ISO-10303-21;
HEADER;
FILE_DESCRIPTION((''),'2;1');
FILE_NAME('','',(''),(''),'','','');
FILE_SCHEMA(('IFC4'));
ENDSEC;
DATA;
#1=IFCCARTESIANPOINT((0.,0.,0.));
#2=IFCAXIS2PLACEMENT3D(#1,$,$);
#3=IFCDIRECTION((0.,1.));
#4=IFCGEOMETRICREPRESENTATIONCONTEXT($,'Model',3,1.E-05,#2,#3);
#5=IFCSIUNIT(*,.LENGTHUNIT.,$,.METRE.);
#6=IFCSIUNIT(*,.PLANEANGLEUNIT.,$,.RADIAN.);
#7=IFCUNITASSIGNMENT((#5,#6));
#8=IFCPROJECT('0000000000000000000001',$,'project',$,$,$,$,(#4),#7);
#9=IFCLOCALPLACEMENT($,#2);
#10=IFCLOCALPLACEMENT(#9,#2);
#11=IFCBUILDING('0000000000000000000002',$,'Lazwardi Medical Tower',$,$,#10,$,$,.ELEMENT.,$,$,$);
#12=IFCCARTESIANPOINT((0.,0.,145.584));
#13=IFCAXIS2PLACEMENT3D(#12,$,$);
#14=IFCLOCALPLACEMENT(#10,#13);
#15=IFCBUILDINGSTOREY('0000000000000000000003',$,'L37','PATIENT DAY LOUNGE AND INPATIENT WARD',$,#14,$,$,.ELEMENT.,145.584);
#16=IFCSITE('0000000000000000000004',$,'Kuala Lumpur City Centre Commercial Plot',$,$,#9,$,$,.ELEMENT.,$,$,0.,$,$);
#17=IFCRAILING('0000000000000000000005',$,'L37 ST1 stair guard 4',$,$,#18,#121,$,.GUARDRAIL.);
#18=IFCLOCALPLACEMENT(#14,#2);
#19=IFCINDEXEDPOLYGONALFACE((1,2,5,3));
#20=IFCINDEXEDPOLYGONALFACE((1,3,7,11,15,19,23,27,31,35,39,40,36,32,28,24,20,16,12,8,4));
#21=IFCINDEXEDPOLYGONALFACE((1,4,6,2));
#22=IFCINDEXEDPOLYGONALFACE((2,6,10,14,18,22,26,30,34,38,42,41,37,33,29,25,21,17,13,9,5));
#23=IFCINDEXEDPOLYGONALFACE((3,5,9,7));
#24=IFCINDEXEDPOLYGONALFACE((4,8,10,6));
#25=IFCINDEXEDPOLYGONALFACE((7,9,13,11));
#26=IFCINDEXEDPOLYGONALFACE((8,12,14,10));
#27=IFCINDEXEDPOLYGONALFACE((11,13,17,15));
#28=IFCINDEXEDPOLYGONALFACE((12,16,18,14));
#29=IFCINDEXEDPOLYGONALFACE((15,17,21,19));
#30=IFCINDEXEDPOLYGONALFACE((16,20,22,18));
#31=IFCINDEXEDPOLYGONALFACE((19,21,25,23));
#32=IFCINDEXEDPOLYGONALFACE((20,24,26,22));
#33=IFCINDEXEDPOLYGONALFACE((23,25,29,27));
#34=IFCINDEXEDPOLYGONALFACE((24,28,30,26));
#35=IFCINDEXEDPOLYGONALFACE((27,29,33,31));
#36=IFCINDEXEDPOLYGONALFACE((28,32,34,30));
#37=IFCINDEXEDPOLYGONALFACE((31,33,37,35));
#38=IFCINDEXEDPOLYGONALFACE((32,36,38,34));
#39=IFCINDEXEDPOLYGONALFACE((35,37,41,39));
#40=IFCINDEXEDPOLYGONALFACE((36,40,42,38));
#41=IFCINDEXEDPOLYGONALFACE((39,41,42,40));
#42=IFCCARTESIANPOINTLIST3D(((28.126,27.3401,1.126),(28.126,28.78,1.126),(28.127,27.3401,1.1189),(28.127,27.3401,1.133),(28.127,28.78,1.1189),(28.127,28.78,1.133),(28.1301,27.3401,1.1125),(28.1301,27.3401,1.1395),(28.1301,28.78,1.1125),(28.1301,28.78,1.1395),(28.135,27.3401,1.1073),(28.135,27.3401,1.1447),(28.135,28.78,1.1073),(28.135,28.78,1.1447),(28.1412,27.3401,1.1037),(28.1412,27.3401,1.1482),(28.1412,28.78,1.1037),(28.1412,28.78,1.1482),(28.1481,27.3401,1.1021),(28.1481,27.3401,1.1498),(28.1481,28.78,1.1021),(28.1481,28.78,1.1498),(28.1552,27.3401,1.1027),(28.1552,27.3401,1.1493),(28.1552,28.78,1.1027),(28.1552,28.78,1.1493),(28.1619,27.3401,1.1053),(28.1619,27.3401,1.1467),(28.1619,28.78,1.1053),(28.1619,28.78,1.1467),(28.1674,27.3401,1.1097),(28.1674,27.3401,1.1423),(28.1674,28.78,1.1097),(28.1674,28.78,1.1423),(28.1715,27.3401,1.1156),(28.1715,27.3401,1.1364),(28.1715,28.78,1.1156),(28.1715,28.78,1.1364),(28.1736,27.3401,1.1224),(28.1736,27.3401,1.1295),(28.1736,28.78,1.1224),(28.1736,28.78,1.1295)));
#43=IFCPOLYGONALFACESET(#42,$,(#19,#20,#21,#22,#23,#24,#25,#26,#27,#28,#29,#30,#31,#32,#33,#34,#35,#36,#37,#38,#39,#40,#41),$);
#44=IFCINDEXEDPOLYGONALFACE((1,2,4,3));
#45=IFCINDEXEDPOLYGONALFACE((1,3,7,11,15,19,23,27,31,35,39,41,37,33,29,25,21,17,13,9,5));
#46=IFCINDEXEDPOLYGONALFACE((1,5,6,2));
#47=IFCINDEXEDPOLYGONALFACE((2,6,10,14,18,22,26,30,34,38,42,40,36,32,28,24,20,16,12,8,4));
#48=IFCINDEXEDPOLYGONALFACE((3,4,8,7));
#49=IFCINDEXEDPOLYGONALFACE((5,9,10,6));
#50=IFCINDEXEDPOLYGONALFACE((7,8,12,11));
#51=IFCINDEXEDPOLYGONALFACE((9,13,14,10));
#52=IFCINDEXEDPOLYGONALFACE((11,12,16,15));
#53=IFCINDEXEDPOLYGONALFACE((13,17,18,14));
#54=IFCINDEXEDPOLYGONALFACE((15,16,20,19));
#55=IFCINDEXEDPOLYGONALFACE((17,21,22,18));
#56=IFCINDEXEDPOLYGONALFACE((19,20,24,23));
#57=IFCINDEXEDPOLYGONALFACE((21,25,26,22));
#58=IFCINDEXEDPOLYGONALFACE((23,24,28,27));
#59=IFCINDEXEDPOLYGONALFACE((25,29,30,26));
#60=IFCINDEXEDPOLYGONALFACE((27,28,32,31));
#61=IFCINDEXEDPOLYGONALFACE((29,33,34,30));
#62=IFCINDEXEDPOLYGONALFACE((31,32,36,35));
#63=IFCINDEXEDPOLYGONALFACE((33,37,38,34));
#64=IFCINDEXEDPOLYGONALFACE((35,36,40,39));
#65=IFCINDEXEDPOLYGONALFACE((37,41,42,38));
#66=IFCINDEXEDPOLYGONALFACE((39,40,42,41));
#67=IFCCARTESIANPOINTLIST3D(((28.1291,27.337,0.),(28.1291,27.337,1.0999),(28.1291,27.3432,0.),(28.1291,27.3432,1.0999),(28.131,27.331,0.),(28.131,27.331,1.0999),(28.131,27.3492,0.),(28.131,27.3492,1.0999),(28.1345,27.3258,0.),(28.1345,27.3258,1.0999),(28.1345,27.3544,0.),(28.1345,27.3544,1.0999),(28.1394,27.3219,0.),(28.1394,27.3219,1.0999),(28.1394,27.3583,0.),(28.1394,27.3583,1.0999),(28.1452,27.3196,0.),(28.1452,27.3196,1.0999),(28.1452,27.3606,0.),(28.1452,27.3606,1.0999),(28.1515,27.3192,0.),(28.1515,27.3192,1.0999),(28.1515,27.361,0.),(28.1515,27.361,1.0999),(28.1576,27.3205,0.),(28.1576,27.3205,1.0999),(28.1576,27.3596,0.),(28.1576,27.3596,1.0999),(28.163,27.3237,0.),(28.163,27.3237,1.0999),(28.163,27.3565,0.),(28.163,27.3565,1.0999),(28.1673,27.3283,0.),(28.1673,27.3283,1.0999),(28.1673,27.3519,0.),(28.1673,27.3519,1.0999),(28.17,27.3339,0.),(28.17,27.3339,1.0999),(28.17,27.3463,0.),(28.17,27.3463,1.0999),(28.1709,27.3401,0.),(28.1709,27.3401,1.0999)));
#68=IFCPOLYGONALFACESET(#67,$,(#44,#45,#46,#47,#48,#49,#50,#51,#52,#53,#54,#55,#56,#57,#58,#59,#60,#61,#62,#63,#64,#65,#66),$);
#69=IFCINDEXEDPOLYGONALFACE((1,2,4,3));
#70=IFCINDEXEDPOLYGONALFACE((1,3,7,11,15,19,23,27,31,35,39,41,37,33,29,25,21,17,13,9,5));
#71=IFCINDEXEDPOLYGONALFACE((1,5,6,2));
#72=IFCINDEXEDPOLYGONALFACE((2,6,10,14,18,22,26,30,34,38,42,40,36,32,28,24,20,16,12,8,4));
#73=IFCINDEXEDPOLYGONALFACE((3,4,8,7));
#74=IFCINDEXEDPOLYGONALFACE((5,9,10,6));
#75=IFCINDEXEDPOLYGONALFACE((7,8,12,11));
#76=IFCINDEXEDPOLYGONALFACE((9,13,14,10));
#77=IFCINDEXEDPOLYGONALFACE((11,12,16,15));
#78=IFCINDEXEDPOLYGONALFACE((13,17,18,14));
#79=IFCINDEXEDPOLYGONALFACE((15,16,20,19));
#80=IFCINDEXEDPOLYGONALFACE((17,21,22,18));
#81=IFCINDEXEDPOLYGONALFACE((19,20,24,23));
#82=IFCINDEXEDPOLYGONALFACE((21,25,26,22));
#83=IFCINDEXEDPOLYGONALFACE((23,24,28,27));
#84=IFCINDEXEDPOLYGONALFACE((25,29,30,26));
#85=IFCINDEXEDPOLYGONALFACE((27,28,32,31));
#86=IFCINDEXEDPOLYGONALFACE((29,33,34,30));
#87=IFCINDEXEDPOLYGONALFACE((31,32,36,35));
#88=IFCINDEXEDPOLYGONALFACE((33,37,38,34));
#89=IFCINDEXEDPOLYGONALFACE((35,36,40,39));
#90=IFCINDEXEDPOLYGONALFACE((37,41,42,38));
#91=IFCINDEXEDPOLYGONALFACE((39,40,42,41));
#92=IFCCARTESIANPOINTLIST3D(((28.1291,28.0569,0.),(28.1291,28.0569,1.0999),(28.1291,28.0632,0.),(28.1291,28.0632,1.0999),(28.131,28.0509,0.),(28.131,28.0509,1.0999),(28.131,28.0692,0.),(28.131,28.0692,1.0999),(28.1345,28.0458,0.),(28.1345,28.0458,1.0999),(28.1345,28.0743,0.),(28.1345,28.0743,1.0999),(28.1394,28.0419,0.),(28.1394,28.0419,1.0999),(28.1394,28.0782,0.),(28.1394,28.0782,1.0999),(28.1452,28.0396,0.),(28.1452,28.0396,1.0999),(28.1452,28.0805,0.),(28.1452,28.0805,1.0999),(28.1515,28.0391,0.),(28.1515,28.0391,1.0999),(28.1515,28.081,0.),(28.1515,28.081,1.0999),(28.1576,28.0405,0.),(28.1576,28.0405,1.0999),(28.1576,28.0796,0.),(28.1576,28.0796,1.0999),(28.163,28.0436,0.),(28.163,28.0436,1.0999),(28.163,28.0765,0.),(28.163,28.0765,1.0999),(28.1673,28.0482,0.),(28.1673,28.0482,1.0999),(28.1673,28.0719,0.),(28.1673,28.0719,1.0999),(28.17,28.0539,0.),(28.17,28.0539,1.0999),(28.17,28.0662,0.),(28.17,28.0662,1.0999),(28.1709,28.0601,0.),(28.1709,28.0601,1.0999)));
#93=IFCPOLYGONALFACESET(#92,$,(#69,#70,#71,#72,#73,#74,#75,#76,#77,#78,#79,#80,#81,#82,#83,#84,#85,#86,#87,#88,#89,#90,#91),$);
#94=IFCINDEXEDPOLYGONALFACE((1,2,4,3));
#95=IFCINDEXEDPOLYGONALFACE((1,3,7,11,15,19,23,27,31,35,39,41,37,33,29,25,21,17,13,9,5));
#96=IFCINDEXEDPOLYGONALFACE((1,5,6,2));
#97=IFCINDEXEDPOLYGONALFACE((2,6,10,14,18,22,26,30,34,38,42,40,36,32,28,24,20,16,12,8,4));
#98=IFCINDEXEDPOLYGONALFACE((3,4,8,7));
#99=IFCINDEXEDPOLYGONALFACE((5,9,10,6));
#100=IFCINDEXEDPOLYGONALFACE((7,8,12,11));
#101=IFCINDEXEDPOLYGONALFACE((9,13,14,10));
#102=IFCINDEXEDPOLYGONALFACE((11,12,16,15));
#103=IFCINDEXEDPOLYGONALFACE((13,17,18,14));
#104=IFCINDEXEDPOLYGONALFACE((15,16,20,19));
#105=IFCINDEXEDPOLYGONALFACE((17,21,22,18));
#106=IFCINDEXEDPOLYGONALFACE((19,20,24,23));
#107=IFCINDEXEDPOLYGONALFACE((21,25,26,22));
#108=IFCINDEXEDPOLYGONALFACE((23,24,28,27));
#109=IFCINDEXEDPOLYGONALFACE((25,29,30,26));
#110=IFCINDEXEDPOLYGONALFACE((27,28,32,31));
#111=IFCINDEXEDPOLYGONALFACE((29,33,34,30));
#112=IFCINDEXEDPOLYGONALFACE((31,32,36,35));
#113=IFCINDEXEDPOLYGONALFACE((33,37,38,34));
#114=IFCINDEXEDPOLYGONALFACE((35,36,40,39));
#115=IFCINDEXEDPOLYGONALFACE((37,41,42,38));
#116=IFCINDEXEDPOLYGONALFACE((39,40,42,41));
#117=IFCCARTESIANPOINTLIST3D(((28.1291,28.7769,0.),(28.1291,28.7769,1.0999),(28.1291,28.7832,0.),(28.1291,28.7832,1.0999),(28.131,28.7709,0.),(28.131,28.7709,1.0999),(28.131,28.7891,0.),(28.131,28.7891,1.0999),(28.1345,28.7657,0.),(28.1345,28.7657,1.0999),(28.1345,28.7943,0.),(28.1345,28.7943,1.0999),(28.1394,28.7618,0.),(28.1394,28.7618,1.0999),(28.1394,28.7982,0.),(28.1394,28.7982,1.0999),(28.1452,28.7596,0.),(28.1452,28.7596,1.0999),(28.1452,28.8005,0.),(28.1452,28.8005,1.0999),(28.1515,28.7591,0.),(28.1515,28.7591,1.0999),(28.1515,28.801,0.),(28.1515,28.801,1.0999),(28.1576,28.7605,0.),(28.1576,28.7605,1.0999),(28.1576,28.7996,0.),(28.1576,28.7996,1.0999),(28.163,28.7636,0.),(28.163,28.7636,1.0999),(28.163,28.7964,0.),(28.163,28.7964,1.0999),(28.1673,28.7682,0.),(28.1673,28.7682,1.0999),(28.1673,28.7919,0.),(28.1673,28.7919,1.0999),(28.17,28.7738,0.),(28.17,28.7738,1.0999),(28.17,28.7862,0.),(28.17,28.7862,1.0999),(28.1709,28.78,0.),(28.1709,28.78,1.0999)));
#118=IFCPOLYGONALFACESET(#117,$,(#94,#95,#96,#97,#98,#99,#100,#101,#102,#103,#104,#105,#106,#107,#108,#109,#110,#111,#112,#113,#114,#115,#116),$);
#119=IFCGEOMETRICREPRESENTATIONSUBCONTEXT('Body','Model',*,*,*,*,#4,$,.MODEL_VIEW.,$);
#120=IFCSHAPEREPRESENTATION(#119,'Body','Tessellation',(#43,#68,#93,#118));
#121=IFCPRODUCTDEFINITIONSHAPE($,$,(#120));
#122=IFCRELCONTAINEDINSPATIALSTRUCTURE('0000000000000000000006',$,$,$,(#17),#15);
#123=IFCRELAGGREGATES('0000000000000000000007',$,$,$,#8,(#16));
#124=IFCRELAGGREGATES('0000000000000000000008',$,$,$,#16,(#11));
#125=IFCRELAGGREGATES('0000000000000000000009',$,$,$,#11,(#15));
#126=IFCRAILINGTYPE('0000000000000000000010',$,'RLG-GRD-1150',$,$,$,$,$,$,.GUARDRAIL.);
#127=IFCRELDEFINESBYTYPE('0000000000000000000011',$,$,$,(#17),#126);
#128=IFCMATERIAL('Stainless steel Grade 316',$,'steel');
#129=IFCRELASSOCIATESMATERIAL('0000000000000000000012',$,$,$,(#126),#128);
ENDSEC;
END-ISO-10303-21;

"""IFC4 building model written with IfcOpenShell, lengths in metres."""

from ifc_helpers import new_model, si_unit, direction, frame, origin, origin_2d, place, context, subcontext, project, spatial, circle, extrude, material, type_object, element, save


model = new_model("IFC4")

# Units and contexts
model_context = context("Model", 3, precision=1e-05, world=origin(), true_north=direction((0.0, 1.0)))
body_context = subcontext(model_context, "Body", "Model", "MODEL_VIEW")
ifc_project = project(units=[si_unit("LENGTHUNIT", "METRE"), si_unit("PLANEANGLEUNIT", "RADIAN")], contexts=[model_context])

# Site, building, storey
site_placement = place(None, origin())
site = spatial("IfcSite", under=ifc_project, at=site_placement, Name="Kuala Lumpur City Centre Commercial Plot", CompositionType="ELEMENT", RefElevation=0.0)
building_placement = place(site_placement, origin())
building = spatial("IfcBuilding", under=site, at=building_placement, Name="Lazwardi Medical Tower", CompositionType="ELEMENT")
storey_placement = place(building_placement, frame((0.0, 0.0, 145.584)))
storey = spatial("IfcBuildingStorey", under=building, at=storey_placement, Name="L37", Description="PATIENT DAY LOUNGE AND INPATIENT WARD", CompositionType="ELEMENT", Elevation=145.584)

# Railing
ifc_material_1 = material(Name="Stainless steel Grade 316", Category="steel")
railing_type_1 = type_object("IfcRailingType", Name="RLG-GRD-1150", PredefinedType="GUARDRAIL", material=ifc_material_1)
railing_1_placement = place(storey_placement, frame((28.1499, 27.3401, 0.0)))
element("IfcRailing", 1, at=railing_1_placement, inside=storey, type_object=railing_type_1, Name="L37 ST1 stair guard 4", PredefinedType="GUARDRAIL", context=body_context, shape_type="SweptSolid", body=[
    extrude(circle(Radius=0.0239, at=origin_2d()), frame((0.0, 0.0, 1.126), z_axis=(0.0, 1.0, 0.0), x_axis=(-1.0, 0.0, 0.0)), (0.0, 0.0, 1.0), 1.4399),
    extrude(circle(Radius=0.021, at=origin_2d()), origin(), (0.0, 0.0, 1.0), 1.0999),
    extrude(circle(Radius=0.021, at=origin_2d()), frame((0.0, 0.72, 0.0)), (0.0, 0.0, 1.0), 1.0999),
    extrude(circle(Radius=0.021, at=origin_2d()), frame((0.0, 1.4399, 0.0)), (0.0, 0.0, 1.0), 1.0999),
])

save(model, "model.ifc")
